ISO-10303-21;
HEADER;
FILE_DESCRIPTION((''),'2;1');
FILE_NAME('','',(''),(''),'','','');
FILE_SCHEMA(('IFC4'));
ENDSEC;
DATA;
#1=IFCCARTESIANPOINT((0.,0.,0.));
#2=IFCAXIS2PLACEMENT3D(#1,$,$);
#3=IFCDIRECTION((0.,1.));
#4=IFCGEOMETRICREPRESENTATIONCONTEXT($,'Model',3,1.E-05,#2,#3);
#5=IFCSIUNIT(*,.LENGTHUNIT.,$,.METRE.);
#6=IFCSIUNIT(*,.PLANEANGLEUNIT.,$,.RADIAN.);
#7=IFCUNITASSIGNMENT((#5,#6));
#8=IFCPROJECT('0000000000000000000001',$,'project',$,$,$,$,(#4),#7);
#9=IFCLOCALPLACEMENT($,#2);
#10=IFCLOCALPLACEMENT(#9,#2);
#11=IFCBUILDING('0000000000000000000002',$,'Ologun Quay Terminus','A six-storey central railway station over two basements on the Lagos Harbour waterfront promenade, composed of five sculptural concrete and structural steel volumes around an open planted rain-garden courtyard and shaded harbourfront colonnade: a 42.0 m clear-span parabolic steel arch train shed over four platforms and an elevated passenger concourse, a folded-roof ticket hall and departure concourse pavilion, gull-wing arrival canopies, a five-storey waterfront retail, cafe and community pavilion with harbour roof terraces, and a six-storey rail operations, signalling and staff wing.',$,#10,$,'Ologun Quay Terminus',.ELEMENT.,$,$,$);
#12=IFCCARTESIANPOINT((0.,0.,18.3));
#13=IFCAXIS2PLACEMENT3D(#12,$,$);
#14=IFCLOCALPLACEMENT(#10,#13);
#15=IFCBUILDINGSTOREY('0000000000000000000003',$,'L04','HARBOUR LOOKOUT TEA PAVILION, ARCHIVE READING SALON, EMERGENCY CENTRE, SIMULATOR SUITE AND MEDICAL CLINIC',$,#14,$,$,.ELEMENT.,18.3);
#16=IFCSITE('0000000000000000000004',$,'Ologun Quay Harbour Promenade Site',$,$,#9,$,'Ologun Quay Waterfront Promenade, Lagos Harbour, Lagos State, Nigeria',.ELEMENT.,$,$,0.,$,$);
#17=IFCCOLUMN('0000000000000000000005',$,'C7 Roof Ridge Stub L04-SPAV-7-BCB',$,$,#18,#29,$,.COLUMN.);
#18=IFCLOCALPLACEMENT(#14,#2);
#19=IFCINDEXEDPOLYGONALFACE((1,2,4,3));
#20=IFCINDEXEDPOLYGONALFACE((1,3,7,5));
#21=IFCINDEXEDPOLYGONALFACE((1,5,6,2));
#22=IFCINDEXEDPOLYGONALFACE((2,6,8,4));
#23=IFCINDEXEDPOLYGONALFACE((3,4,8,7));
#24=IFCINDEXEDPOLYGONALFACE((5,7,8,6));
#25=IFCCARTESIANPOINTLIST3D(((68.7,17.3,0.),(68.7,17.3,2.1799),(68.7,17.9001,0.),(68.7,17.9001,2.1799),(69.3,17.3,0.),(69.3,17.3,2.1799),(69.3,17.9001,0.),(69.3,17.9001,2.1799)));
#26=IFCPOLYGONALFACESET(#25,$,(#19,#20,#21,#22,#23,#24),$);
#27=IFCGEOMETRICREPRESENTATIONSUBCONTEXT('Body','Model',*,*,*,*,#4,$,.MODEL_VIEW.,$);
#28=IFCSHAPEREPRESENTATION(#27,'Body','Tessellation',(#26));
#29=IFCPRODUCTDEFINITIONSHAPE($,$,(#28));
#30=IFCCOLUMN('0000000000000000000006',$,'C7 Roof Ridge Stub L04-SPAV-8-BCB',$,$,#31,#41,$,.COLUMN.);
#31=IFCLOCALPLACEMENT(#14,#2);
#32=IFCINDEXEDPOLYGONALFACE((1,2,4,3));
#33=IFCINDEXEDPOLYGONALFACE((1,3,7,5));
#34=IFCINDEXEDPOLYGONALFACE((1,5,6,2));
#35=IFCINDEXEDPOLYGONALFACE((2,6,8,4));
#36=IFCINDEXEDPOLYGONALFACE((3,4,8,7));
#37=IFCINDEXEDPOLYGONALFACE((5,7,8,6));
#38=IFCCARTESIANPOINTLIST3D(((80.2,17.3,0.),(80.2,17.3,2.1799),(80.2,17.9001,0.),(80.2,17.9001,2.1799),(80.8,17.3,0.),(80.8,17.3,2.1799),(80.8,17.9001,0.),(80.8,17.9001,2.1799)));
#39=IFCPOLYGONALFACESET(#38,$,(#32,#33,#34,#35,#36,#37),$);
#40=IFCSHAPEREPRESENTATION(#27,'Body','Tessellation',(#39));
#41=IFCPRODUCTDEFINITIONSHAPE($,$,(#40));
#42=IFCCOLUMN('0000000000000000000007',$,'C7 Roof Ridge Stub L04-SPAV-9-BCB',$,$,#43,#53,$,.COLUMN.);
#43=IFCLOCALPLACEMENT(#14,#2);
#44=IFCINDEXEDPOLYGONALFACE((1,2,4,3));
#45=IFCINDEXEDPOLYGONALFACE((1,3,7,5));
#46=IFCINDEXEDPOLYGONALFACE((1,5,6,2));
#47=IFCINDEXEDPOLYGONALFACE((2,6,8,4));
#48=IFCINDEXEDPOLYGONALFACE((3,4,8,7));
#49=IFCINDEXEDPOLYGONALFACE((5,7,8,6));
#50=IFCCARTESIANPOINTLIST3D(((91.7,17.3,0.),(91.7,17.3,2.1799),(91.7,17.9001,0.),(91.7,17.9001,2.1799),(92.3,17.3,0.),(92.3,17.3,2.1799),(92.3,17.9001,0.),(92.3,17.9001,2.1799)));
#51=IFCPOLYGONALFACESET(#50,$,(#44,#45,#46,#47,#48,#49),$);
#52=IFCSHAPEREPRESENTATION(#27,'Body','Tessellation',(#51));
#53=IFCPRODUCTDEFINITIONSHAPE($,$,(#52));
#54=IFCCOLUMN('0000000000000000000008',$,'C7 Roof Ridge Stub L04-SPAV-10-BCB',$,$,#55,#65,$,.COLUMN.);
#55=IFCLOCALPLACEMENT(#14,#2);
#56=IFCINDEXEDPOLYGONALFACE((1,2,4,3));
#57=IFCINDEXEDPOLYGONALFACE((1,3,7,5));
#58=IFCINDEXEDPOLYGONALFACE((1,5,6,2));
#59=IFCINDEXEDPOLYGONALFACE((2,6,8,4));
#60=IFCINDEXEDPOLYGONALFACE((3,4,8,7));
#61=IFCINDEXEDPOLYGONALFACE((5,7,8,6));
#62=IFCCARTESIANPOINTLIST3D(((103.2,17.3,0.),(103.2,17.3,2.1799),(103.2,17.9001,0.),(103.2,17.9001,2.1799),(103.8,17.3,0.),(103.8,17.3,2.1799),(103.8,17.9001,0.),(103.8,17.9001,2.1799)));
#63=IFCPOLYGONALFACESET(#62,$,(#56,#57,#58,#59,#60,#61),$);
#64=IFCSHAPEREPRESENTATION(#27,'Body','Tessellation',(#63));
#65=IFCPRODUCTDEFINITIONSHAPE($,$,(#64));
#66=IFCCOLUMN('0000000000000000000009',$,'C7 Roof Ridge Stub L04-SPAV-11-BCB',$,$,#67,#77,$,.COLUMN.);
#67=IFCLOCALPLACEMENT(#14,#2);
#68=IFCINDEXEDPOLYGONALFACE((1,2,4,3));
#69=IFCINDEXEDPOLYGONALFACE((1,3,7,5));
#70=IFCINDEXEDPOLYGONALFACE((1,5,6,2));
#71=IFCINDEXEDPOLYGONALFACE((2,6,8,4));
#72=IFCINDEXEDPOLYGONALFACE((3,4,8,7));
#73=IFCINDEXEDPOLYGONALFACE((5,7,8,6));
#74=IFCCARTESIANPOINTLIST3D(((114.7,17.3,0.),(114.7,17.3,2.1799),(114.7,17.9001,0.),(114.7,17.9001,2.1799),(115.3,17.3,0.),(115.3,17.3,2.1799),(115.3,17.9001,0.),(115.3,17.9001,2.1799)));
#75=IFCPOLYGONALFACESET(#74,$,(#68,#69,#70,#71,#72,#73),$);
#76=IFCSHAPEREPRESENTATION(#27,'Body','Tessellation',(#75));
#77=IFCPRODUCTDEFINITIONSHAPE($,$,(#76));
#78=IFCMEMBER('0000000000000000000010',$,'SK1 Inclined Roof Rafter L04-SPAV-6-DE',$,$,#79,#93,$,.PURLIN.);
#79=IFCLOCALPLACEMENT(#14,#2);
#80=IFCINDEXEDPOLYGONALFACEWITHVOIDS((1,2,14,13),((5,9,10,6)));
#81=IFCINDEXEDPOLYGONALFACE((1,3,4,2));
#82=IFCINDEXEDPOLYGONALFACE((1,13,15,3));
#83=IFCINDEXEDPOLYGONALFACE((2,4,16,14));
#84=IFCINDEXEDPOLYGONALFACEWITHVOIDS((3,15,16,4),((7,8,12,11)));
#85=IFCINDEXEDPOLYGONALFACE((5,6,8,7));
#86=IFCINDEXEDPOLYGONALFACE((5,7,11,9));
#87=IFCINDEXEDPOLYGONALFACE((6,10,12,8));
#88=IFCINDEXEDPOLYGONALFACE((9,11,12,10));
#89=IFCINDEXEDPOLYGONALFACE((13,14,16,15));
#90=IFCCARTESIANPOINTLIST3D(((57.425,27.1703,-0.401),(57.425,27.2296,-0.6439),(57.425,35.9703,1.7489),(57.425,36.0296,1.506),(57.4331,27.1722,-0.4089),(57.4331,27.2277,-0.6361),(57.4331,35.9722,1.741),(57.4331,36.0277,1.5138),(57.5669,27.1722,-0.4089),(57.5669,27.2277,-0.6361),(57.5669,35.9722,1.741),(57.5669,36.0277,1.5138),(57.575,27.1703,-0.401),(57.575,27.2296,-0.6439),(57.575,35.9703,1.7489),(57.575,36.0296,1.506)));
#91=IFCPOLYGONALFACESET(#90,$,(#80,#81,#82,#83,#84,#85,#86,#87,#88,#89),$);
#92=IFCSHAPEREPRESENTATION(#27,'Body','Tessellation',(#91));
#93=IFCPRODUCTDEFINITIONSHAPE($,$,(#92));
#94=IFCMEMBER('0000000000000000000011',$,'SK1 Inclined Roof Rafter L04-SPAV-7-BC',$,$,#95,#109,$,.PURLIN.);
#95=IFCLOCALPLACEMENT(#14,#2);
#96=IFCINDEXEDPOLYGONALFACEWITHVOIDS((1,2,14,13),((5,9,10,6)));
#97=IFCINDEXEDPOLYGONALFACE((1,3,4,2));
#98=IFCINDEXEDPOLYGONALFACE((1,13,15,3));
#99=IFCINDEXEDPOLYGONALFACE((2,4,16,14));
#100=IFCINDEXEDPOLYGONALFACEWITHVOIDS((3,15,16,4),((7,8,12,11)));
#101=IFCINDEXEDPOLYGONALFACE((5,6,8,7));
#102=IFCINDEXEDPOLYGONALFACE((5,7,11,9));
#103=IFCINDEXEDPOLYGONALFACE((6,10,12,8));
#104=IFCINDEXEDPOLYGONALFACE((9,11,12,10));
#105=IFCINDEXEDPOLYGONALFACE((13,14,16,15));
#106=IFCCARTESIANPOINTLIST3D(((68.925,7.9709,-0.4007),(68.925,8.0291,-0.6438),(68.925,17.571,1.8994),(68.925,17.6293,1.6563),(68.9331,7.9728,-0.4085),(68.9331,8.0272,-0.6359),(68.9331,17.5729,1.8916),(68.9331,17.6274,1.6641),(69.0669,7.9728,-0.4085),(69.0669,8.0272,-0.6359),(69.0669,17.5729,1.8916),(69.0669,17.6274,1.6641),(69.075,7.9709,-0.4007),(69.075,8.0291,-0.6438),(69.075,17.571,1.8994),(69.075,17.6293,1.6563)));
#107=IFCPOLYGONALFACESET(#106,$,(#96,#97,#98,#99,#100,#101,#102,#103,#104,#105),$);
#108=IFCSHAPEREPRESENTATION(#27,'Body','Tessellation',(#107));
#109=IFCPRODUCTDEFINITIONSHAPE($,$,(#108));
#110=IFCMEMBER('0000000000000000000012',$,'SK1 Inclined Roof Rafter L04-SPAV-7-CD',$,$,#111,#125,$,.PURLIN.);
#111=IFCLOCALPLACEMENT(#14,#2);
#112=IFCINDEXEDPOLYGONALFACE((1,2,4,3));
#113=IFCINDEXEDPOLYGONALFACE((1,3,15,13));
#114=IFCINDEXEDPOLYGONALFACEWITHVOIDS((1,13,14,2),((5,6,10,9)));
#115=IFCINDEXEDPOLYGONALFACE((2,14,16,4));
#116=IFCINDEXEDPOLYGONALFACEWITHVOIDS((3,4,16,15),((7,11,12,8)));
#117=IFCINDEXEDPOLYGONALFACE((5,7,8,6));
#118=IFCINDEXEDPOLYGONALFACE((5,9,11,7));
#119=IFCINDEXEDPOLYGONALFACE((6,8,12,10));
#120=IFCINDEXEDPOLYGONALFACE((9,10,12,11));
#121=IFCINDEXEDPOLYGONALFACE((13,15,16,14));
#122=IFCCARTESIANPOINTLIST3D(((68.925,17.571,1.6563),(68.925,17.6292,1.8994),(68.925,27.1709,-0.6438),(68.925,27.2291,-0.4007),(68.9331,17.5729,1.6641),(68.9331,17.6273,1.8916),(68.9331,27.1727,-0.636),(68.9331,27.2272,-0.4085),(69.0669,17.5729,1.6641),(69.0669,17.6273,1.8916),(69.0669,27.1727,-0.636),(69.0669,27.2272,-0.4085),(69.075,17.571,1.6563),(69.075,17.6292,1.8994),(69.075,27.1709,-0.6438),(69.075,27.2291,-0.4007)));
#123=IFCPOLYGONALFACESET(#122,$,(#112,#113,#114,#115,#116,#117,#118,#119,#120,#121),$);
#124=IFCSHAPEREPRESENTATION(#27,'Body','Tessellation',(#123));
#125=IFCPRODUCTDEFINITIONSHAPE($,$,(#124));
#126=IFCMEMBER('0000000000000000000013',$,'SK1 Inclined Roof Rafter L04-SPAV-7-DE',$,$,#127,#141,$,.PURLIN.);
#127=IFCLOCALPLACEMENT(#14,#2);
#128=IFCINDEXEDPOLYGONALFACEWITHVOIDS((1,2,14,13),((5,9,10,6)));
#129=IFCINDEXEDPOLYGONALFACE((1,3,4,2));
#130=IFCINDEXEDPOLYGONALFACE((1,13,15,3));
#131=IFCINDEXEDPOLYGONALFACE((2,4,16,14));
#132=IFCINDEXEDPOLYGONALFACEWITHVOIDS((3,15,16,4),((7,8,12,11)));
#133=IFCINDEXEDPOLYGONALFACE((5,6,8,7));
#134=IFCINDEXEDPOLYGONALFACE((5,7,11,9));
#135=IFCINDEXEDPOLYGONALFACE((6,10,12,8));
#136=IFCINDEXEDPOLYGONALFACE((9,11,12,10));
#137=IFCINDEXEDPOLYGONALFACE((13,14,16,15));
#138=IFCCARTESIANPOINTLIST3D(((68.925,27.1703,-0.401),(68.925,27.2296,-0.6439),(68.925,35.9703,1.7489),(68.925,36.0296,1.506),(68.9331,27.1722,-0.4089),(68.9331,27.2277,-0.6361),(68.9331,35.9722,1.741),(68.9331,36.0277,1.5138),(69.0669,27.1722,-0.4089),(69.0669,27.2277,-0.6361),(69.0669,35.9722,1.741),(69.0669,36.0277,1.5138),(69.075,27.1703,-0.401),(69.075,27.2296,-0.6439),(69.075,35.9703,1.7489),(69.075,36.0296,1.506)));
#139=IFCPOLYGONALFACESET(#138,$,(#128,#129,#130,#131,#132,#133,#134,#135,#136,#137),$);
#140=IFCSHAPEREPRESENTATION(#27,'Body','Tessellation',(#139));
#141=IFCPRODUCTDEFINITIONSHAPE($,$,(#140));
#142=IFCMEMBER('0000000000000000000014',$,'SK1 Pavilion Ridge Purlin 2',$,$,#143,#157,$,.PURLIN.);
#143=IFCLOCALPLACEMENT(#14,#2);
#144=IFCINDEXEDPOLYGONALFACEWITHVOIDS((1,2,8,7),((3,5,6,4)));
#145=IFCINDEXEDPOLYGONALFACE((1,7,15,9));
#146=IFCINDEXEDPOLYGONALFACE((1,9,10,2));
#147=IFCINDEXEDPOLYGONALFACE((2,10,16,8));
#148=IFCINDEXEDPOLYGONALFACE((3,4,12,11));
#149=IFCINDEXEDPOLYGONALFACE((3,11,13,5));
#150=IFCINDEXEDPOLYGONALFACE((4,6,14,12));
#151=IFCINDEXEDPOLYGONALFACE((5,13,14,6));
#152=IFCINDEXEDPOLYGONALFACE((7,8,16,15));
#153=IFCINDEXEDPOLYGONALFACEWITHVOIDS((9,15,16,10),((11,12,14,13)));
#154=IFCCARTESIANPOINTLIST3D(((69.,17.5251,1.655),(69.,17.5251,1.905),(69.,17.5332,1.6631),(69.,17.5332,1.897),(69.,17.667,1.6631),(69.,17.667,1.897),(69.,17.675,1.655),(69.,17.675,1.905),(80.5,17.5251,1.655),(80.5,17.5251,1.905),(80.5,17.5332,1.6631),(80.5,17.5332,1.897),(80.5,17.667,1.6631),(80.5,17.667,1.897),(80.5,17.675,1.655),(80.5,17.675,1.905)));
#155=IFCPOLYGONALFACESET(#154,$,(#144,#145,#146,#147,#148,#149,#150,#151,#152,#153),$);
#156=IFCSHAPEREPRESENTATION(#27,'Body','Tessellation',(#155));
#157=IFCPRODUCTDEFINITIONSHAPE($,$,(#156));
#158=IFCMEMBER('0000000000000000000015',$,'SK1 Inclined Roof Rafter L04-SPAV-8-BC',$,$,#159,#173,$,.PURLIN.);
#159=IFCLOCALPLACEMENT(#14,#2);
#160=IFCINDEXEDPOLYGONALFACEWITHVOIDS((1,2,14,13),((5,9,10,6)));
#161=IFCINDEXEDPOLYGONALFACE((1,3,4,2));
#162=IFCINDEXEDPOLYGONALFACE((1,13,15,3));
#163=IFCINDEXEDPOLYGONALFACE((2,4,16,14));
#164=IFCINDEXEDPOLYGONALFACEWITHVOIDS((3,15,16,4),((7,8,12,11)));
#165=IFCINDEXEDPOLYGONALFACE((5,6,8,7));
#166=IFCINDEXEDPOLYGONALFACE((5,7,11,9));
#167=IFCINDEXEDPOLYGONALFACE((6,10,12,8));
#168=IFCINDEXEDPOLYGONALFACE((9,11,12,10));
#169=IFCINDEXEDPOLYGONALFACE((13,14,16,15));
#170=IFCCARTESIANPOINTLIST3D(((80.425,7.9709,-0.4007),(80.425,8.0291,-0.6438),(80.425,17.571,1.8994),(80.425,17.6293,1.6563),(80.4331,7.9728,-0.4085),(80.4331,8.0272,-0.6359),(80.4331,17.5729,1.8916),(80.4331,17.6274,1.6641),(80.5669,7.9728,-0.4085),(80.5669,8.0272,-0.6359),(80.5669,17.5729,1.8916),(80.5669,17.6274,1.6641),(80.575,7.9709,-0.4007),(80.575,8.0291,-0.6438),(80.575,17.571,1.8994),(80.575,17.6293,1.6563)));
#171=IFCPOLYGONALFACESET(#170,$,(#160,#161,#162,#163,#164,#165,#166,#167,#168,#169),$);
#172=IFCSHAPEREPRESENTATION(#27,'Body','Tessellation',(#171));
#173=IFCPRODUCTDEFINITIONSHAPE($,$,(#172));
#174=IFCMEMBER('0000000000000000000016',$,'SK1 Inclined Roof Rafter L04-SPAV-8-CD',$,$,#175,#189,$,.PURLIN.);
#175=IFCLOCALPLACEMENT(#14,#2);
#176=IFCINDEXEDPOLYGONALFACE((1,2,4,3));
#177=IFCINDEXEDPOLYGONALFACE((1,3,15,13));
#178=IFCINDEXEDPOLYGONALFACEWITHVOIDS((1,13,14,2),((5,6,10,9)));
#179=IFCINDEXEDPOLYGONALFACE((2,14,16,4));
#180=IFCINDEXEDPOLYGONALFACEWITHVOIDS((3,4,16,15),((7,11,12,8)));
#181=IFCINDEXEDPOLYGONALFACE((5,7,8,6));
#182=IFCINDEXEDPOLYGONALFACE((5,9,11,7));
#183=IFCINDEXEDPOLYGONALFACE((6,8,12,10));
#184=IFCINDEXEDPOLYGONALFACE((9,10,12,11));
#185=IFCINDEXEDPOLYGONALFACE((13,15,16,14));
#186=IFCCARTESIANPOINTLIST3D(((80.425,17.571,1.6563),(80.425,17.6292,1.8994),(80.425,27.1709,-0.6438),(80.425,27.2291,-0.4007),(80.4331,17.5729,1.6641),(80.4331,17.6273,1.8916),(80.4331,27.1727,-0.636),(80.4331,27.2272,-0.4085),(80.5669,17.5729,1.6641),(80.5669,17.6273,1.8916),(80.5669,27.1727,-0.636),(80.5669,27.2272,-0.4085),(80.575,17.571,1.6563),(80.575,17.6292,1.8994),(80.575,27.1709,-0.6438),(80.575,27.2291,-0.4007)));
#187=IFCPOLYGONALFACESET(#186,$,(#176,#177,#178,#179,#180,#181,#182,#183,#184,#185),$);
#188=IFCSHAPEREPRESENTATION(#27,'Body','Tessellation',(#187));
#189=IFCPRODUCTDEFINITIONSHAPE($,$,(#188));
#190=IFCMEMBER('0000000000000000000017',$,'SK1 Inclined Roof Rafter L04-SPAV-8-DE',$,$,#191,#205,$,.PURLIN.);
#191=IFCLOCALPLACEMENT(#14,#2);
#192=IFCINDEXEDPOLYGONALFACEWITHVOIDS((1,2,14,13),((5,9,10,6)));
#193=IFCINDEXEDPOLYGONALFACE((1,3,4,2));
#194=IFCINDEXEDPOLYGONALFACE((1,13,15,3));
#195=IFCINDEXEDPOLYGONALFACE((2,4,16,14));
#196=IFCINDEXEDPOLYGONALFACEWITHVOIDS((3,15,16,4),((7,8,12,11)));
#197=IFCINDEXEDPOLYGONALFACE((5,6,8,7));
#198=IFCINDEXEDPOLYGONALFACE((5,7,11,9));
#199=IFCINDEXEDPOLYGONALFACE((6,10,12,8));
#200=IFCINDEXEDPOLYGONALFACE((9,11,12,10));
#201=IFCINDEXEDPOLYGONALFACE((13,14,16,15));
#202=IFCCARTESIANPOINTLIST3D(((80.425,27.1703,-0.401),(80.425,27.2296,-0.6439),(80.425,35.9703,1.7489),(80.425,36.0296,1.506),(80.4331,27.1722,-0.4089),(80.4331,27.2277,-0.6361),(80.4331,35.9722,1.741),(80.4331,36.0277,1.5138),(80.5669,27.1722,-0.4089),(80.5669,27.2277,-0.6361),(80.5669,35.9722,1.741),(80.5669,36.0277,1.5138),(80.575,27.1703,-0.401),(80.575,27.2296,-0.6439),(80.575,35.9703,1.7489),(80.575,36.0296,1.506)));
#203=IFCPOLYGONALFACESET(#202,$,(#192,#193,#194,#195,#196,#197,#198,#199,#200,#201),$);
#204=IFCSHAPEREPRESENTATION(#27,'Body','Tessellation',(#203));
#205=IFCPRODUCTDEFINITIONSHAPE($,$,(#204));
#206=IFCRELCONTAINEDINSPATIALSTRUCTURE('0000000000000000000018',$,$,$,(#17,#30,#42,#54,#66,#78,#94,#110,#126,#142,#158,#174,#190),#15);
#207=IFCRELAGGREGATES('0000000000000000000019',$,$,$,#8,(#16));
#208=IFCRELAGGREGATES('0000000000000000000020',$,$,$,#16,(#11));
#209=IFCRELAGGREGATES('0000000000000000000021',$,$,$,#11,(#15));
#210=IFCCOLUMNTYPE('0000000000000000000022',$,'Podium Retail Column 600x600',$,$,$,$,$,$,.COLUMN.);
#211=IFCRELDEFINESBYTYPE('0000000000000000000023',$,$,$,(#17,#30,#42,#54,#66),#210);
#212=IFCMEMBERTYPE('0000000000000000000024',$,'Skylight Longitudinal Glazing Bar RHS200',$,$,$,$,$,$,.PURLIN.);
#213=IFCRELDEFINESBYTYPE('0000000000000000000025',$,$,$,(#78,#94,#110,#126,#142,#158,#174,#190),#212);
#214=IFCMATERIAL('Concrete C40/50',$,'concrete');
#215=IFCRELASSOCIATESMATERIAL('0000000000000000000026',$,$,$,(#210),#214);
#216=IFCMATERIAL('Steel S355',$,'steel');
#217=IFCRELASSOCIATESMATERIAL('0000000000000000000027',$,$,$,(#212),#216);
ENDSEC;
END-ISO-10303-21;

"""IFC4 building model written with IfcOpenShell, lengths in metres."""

from ifc_helpers import new_model, si_unit, direction, frame, origin, origin_2d, place, context, subcontext, project, spatial, rectangle, hollow_rectangle, extrude, material, material_profile, profile_set, type_object, element, save


model = new_model("IFC4")

# Units and contexts
model_context = context("Model", 3, precision=1e-05, world=origin(), true_north=direction((0.0, 1.0)))
body_context = subcontext(model_context, "Body", "Model", "MODEL_VIEW")
ifc_project = project(units=[si_unit("LENGTHUNIT", "METRE"), si_unit("PLANEANGLEUNIT", "RADIAN")], contexts=[model_context])

# Site, building, storey
site_placement = place(None, origin())
site = spatial("IfcSite", under=ifc_project, at=site_placement, Name="Ologun Quay Harbour Promenade Site", LongName="Ologun Quay Waterfront Promenade, Lagos Harbour, Lagos State, Nigeria", CompositionType="ELEMENT", RefElevation=0.0)
building_placement = place(site_placement, origin())
building = spatial("IfcBuilding", under=site, at=building_placement, Name="Ologun Quay Terminus", Description="A six-storey central railway station over two basements on the Lagos Harbour waterfront promenade, composed of five sculptural concrete and structural steel volumes around an open planted rain-garden courtyard and shaded harbourfront colonnade: a 42.0 m clear-span parabolic steel arch train shed over four platforms and an elevated passenger concourse, a folded-roof ticket hall and departure concourse pavilion, gull-wing arrival canopies, a five-storey waterfront retail, cafe and community pavilion with harbour roof terraces, and a six-storey rail operations, signalling and staff wing.", LongName="Ologun Quay Terminus", CompositionType="ELEMENT")
storey_placement = place(building_placement, frame((0.0, 0.0, 18.3)))
storey = spatial("IfcBuildingStorey", under=building, at=storey_placement, Name="L04", Description="HARBOUR LOOKOUT TEA PAVILION, ARCHIVE READING SALON, EMERGENCY CENTRE, SIMULATOR SUITE AND MEDICAL CLINIC", CompositionType="ELEMENT", Elevation=18.3)

# Columns
ifc_material_1 = material(Name="Concrete C40/50", Category="concrete")
ifc_material_profile_1 = material_profile(ifc_material_1, rectangle(XDim=0.6001, YDim=0.6001, at=origin_2d()), Name="RC 600x600")
ifc_profile_set_1 = profile_set([ifc_material_profile_1], Name="Concrete C40/50")
column_type = type_object("IfcColumnType", Name="Podium Retail Column 600x600", PredefinedType="COLUMN", material=ifc_profile_set_1)
for number, where, z_axis, x_axis, name in (
    (1, (69.0, 17.6001, 0.0), (0.0, 0.0, 1.0), (1.0, 0.0, 0.0), "C7 Roof Ridge Stub L04-SPAV-7-BCB"),
    (2, (80.5, 17.6001, 0.0), (0.0, 0.0, 1.0), (1.0, 0.0, 0.0), "C7 Roof Ridge Stub L04-SPAV-8-BCB"),
    (3, (92.0, 17.6001, 0.0), (0.0, 0.0, 1.0), (1.0, 0.0, 0.0), "C7 Roof Ridge Stub L04-SPAV-9-BCB"),
    (4, (103.5, 17.6001, 0.0), (0.0, 0.0, 1.0), (1.0, 0.0, 0.0), "C7 Roof Ridge Stub L04-SPAV-10-BCB"),
    (5, (115.0, 17.6001, 0.0), (0.0, 0.0, 1.0), (1.0, 0.0, 0.0), "C7 Roof Ridge Stub L04-SPAV-11-BCB"),
):
    element("IfcColumn", number, at=place(storey_placement, frame(where, z_axis=z_axis, x_axis=x_axis)), inside=storey, type_object=column_type, Name=name, PredefinedType="COLUMN", context=body_context, shape_type="SweptSolid", body=[
        extrude(rectangle(XDim=0.6001, YDim=0.6001, at=origin_2d()), origin(), (0.0, 0.0, 1.0), 2.1799),
    ])

# Members
ifc_material_2 = material(Name="Steel S355", Category="steel")
ifc_material_profile_2 = material_profile(ifc_material_2, hollow_rectangle(XDim=0.1499, YDim=0.25, WallThickness=0.0081, at=origin_2d()), Name="RHS 250x150x8")
ifc_profile_set_2 = profile_set([ifc_material_profile_2], Name="Steel S355")
member_type = type_object("IfcMemberType", Name="Skylight Longitudinal Glazing Bar RHS200", PredefinedType="PURLIN", material=ifc_profile_set_2)
member_1_placement = place(storey_placement, frame((57.5, 27.2, -0.5225), z_axis=(0.0, 0.97143, 0.237326), x_axis=(-1.0, 0.0, 0.0)))
element("IfcMember", 6, at=member_1_placement, inside=storey, type_object=member_type, Name="SK1 Inclined Roof Rafter L04-SPAV-6-DE", PredefinedType="PURLIN", context=body_context, shape_type="SweptSolid", body=[
    extrude(hollow_rectangle(XDim=0.1499, YDim=0.25, WallThickness=0.0081, at=origin_2d()), origin(), (0.0, 0.0, 1.0), 9.0588),
])
member_2_placement = place(storey_placement, frame((69.0, 8.0, -0.5222), z_axis=(0.0, 0.972479, 0.232992), x_axis=(-1.0, 0.0, 0.0)))
element("IfcMember", 7, at=member_2_placement, inside=storey, type_object=member_type, Name="SK1 Inclined Roof Rafter L04-SPAV-7-BC", PredefinedType="PURLIN", context=body_context, shape_type="SweptSolid", body=[
    extrude(hollow_rectangle(XDim=0.1499, YDim=0.25, WallThickness=0.0081, at=origin_2d()), origin(), (0.0, 0.0, 1.0), 9.8718),
])
member_3_placement = place(storey_placement, frame((69.0, 17.6001, 1.7778), z_axis=(0.0, 0.972477, -0.232998), x_axis=(-1.0, 0.0, 0.0)))
element("IfcMember", 8, at=member_3_placement, inside=storey, type_object=member_type, Name="SK1 Inclined Roof Rafter L04-SPAV-7-CD", PredefinedType="PURLIN", context=body_context, shape_type="SweptSolid", body=[
    extrude(hollow_rectangle(XDim=0.1499, YDim=0.25, WallThickness=0.0081, at=origin_2d()), origin(), (0.0, 0.0, 1.0), 9.8716),
])
member_4_placement = place(storey_placement, frame((69.0, 27.2, -0.5225), z_axis=(0.0, 0.97143, 0.237326), x_axis=(-1.0, 0.0, 0.0)))
element("IfcMember", 9, at=member_4_placement, inside=storey, type_object=member_type, Name="SK1 Inclined Roof Rafter L04-SPAV-7-DE", PredefinedType="PURLIN", context=body_context, shape_type="SweptSolid", body=[
    extrude(hollow_rectangle(XDim=0.1499, YDim=0.25, WallThickness=0.0081, at=origin_2d()), origin(), (0.0, 0.0, 1.0), 9.0588),
])
member_5_placement = place(storey_placement, frame((69.0, 17.6001, 1.78), z_axis=(1.0, 0.0, 0.0), x_axis=(0.0, 1.0, 0.0)))
element("IfcMember", 10, at=member_5_placement, inside=storey, type_object=member_type, Name="SK1 Pavilion Ridge Purlin 2", PredefinedType="PURLIN", context=body_context, shape_type="SweptSolid", body=[
    extrude(hollow_rectangle(XDim=0.1499, YDim=0.25, WallThickness=0.0081, at=origin_2d()), origin(), (0.0, 0.0, 1.0), 11.5),
])
member_6_placement = place(storey_placement, frame((80.5, 8.0, -0.5222), z_axis=(0.0, 0.972479, 0.232992), x_axis=(-1.0, 0.0, 0.0)))
element("IfcMember", 11, at=member_6_placement, inside=storey, type_object=member_type, Name="SK1 Inclined Roof Rafter L04-SPAV-8-BC", PredefinedType="PURLIN", context=body_context, shape_type="SweptSolid", body=[
    extrude(hollow_rectangle(XDim=0.1499, YDim=0.25, WallThickness=0.0081, at=origin_2d()), origin(), (0.0, 0.0, 1.0), 9.8718),
])
member_7_placement = place(storey_placement, frame((80.5, 17.6001, 1.7778), z_axis=(0.0, 0.972477, -0.232998), x_axis=(-1.0, 0.0, 0.0)))
element("IfcMember", 12, at=member_7_placement, inside=storey, type_object=member_type, Name="SK1 Inclined Roof Rafter L04-SPAV-8-CD", PredefinedType="PURLIN", context=body_context, shape_type="SweptSolid", body=[
    extrude(hollow_rectangle(XDim=0.1499, YDim=0.25, WallThickness=0.0081, at=origin_2d()), origin(), (0.0, 0.0, 1.0), 9.8716),
])
member_8_placement = place(storey_placement, frame((80.5, 27.2, -0.5225), z_axis=(0.0, 0.97143, 0.237326), x_axis=(-1.0, 0.0, 0.0)))
element("IfcMember", 13, at=member_8_placement, inside=storey, type_object=member_type, Name="SK1 Inclined Roof Rafter L04-SPAV-8-DE", PredefinedType="PURLIN", context=body_context, shape_type="SweptSolid", body=[
    extrude(hollow_rectangle(XDim=0.1499, YDim=0.25, WallThickness=0.0081, at=origin_2d()), origin(), (0.0, 0.0, 1.0), 9.0588),
])

save(model, "model.ifc")
